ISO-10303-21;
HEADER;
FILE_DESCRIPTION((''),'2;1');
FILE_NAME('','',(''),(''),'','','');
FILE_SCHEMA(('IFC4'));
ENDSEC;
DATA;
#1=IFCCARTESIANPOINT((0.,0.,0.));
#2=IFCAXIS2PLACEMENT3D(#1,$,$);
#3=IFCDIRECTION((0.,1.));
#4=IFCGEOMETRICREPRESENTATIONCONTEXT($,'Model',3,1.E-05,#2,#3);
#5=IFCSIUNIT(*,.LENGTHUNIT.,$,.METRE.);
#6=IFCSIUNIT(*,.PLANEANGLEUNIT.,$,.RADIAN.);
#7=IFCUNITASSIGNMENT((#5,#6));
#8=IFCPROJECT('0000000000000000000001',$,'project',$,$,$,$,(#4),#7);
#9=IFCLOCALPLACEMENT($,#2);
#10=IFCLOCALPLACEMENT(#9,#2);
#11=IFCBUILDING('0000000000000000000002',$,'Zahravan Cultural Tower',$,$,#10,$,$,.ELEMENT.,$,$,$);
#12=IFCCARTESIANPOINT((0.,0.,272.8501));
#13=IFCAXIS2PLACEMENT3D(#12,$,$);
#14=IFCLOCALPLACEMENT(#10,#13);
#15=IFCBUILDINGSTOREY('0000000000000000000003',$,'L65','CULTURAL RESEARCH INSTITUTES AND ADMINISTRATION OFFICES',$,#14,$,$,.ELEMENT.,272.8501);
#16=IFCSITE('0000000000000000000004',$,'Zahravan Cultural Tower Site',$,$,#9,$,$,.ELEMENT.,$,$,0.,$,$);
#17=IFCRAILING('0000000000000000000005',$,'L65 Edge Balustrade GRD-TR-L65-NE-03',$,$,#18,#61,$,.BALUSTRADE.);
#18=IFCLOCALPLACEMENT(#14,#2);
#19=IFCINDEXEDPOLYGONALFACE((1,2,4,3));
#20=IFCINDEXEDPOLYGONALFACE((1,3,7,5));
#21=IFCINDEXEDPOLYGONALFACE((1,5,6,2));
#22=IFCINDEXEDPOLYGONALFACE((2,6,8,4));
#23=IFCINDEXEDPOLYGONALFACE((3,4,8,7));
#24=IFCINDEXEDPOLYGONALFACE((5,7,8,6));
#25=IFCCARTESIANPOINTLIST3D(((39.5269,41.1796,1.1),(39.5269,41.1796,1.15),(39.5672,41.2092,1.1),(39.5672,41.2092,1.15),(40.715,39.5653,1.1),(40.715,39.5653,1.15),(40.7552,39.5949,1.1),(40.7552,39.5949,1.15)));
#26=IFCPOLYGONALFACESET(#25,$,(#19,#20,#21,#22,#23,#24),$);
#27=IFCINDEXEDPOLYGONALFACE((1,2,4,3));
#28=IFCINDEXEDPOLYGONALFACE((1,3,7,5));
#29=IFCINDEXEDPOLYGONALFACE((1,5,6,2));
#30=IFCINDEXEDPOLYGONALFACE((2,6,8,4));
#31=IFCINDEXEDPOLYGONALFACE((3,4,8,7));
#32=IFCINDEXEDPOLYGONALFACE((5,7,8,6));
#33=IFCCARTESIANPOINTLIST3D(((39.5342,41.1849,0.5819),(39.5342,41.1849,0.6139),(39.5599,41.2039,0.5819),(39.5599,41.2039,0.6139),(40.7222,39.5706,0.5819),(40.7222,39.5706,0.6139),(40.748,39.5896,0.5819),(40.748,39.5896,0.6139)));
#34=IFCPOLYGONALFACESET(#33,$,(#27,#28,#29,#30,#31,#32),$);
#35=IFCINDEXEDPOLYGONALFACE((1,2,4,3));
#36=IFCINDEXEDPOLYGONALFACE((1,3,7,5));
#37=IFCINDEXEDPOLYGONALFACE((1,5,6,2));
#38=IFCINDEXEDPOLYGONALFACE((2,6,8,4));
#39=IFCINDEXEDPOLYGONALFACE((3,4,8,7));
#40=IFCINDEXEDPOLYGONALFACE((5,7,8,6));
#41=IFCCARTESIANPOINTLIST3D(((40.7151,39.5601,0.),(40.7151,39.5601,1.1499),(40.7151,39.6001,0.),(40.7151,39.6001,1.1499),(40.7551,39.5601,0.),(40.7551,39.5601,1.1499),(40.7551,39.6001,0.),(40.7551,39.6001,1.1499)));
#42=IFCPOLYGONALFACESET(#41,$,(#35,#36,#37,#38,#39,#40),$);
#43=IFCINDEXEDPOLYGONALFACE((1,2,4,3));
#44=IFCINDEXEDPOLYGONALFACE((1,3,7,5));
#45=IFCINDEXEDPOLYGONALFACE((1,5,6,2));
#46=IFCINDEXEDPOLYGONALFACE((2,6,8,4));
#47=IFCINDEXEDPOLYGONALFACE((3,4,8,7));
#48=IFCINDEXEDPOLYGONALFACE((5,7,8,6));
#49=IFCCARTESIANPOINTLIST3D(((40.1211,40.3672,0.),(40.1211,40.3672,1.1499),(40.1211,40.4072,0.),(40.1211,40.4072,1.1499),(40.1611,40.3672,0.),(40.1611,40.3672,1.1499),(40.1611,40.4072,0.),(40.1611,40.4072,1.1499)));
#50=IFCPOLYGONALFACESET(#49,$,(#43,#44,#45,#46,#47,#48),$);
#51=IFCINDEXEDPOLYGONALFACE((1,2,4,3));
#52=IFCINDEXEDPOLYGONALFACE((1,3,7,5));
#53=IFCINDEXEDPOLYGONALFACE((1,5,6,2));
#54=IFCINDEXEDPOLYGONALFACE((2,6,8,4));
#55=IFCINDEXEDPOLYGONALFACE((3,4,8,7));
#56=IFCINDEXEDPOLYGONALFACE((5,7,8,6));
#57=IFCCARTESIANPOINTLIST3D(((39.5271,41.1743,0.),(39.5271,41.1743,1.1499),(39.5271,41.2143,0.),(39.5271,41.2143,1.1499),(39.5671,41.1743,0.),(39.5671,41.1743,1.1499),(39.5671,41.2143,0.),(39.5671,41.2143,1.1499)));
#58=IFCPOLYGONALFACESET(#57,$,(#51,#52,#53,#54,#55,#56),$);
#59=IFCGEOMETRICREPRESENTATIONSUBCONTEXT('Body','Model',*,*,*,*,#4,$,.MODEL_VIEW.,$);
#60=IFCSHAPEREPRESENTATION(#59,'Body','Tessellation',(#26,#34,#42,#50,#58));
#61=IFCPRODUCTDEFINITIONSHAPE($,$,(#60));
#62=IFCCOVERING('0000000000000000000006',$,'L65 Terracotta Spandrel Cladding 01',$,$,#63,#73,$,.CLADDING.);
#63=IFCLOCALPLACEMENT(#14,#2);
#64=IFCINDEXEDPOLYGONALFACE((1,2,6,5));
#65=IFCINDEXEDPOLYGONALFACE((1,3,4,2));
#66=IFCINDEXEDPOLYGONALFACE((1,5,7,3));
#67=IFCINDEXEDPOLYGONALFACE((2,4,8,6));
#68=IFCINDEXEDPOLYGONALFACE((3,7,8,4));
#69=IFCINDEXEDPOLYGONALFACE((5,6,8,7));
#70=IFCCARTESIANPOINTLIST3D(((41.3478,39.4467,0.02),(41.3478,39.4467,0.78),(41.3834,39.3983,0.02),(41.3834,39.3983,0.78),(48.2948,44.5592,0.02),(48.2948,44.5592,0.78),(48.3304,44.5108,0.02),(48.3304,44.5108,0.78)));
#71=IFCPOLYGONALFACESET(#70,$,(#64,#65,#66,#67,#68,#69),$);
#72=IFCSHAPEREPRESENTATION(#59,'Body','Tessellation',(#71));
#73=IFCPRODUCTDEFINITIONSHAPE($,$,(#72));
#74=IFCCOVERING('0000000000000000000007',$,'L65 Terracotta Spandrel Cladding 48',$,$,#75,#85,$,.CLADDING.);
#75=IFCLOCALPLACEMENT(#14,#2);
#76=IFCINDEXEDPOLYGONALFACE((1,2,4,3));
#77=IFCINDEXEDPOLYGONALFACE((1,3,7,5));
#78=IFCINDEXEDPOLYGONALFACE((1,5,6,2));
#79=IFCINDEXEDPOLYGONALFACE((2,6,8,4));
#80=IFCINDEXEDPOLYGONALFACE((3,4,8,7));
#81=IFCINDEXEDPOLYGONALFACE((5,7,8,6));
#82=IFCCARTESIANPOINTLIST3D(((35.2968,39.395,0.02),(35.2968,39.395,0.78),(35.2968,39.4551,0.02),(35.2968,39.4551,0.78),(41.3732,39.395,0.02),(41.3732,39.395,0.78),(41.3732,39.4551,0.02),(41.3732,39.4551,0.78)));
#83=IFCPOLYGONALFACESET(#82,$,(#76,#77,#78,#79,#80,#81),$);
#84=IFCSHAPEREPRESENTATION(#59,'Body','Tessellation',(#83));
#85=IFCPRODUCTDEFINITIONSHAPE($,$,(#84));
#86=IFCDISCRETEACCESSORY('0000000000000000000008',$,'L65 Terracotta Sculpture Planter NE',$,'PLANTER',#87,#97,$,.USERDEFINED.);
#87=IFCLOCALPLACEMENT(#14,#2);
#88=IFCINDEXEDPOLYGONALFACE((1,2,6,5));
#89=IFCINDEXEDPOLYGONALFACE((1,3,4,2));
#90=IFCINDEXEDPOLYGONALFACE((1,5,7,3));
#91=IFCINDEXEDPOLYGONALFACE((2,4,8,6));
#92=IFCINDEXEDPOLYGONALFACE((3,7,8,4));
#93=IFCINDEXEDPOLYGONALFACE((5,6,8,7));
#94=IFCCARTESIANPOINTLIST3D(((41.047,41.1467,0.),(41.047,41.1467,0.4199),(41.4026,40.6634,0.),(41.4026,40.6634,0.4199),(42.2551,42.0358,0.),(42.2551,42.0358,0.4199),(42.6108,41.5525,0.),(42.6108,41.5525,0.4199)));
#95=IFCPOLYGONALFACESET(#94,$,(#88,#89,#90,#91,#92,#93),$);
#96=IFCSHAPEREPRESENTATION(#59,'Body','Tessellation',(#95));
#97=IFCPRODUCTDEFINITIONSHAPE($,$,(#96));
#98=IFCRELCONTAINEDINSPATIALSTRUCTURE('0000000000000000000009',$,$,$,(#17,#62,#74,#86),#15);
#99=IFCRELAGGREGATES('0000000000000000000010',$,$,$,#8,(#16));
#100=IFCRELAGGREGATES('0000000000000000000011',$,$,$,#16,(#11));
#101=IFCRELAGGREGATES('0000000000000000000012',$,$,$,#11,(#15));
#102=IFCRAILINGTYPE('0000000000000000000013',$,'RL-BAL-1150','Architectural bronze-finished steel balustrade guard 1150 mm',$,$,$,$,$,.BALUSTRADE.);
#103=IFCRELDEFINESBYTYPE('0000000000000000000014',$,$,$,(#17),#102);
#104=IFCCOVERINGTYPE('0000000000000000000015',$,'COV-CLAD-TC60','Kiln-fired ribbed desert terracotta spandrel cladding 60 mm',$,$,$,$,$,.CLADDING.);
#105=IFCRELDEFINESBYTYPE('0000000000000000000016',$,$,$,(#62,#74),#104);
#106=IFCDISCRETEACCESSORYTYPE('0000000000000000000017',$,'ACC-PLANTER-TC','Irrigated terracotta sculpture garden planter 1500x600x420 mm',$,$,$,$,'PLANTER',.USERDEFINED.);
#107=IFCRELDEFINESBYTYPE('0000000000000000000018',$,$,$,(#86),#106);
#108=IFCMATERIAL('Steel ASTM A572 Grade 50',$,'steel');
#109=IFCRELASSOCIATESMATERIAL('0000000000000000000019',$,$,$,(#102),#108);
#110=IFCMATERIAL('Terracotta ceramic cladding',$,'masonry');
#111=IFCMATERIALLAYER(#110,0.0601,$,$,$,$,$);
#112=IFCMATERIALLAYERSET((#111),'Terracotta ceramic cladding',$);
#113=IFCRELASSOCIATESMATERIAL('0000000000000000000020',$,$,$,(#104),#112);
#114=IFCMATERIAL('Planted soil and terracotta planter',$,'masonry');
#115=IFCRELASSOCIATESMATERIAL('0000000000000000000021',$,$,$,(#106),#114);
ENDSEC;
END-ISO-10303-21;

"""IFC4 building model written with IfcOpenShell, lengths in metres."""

from ifc_helpers import new_model, si_unit, direction, frame, origin, origin_2d, place, context, subcontext, project, spatial, rectangle, extrude, source, transform, mapped, material, layer, layer_set, type_object, element, save


model = new_model("IFC4")

# Units and contexts
model_context = context("Model", 3, precision=1e-05, world=origin(), true_north=direction((0.0, 1.0)))
body_context = subcontext(model_context, "Body", "Model", "MODEL_VIEW")
ifc_project = project(units=[si_unit("LENGTHUNIT", "METRE"), si_unit("PLANEANGLEUNIT", "RADIAN")], contexts=[model_context])

# Site, building, storey
site_placement = place(None, origin())
site = spatial("IfcSite", under=ifc_project, at=site_placement, Name="Zahravan Cultural Tower Site", CompositionType="ELEMENT", RefElevation=0.0)
building_placement = place(site_placement, origin())
building = spatial("IfcBuilding", under=site, at=building_placement, Name="Zahravan Cultural Tower", CompositionType="ELEMENT")
storey_placement = place(building_placement, frame((0.0, 0.0, 272.8501)))
storey = spatial("IfcBuildingStorey", under=building, at=storey_placement, Name="L65", Description="CULTURAL RESEARCH INSTITUTES AND ADMINISTRATION OFFICES", CompositionType="ELEMENT", Elevation=272.8501)

# Shared definitions
ifc_material_1 = material(Name="Steel ASTM A572 Grade 50", Category="steel")

# Railing
railing_type = type_object("IfcRailingType", Name="RL-BAL-1150", Description="Architectural bronze-finished steel balustrade guard 1150 mm", PredefinedType="BALUSTRADE", material=ifc_material_1)
railing_1_placement = place(storey_placement, frame((40.7351, 39.5801, 0.0)))
element("IfcRailing", 1, at=railing_1_placement, inside=storey, type_object=railing_type, Name="L65 Edge Balustrade GRD-TR-L65-NE-03", PredefinedType="BALUSTRADE", context=body_context, shape_type="SweptSolid", body=[
    extrude(rectangle(XDim=0.05, YDim=0.05, at=origin_2d()), frame((0.0, 0.0, 1.125), z_axis=(-0.592725, 0.805405, 0.0), x_axis=(-0.805405, -0.592725, 0.0)), (0.0, 0.0, 1.0), 2.0044),
    extrude(rectangle(XDim=0.032, YDim=0.032, at=origin_2d()), frame((0.0, 0.0, 0.5979), z_axis=(-0.592725, 0.805405, 0.0), x_axis=(-0.805405, -0.592725, 0.0)), (0.0, 0.0, 1.0), 2.0044),
    extrude(rectangle(XDim=0.04, YDim=0.04, at=origin_2d()), origin(), (0.0, 0.0, 1.0), 1.1499),
    extrude(rectangle(XDim=0.04, YDim=0.04, at=origin_2d()), frame((-0.594, 0.8071, 0.0)), (0.0, 0.0, 1.0), 1.1499),
    extrude(rectangle(XDim=0.04, YDim=0.04, at=origin_2d()), frame((-1.188, 1.6143, 0.0)), (0.0, 0.0, 1.0), 1.1499),
])

# Coverings
ifc_material_2 = material(Name="Terracotta ceramic cladding", Category="masonry")
ifc_layer_1 = layer(ifc_material_2, 0.0601)
ifc_layer_set_1 = layer_set([ifc_layer_1], Name="Terracotta ceramic cladding")
covering_type = type_object("IfcCoveringType", Name="COV-CLAD-TC60", Description="Kiln-fired ribbed desert terracotta spandrel cladding 60 mm", PredefinedType="CLADDING", material=ifc_layer_set_1)
shared_shape_1 = source(origin(), body_context, "Body", "SweptSolid", [
    extrude(rectangle(XDim=8.6255, YDim=0.0601, at=origin_2d()), origin(), (0.0, 0.0, 1.0), 0.76),
])
covering_1_placement = place(storey_placement, frame((44.8391, 41.9788, 0.02), z_axis=(0.0, 0.0, 1.0), x_axis=(0.805411, 0.592716, 0.0)))
element("IfcCovering", 2, at=covering_1_placement, inside=storey, type_object=covering_type, Name="L65 Terracotta Spandrel Cladding 01", PredefinedType="CLADDING", context=body_context, shape_type="MappedRepresentation", body=[
    mapped(shared_shape_1, transform((0.0, 0.0, 0.0), x_axis=(1.0, 0.0, 0.0), y_axis=(0.0, 1.0, 0.0), z_axis=(0.0, 0.0, 1.0), scale=1.0)),
])
shared_shape_2 = source(origin(), body_context, "Body", "SweptSolid", [
    extrude(rectangle(XDim=6.0764, YDim=0.0601, at=origin_2d()), origin(), (0.0, 0.0, 1.0), 0.76),
])
covering_2_placement = place(storey_placement, frame((38.335, 39.425, 0.02), z_axis=(0.0, 0.0, 1.0), x_axis=(1.0, 0.0, 0.0)))
element("IfcCovering", 3, at=covering_2_placement, inside=storey, type_object=covering_type, Name="L65 Terracotta Spandrel Cladding 48", PredefinedType="CLADDING", context=body_context, shape_type="MappedRepresentation", body=[
    mapped(shared_shape_2, transform((0.0, 0.0, 0.0), x_axis=(1.0, 0.0, 0.0), y_axis=(0.0, 1.0, 0.0), z_axis=(0.0, 0.0, 1.0), scale=1.0)),
])

# Discrete accessory
ifc_material_3 = material(Name="Planted soil and terracotta planter", Category="masonry")
discrete_accessory_type = type_object("IfcDiscreteAccessoryType", Name="ACC-PLANTER-TC", Description="Irrigated terracotta sculpture garden planter 1500x600x420 mm", ElementType="PLANTER", PredefinedType="USERDEFINED", material=ifc_material_3)
shared_shape_3 = source(origin(), body_context, "Body", "SweptSolid", [
    extrude(rectangle(XDim=1.5, YDim=0.6001, at=origin_2d()), origin(), (0.0, 0.0, 1.0), 0.4199),
])
discrete_accessory_placement = place(storey_placement, frame((41.8289, 41.3496, 0.0), z_axis=(0.0, 0.0, 1.0), x_axis=(0.805411, 0.592716, 0.0)))
element("IfcDiscreteAccessory", 4, at=discrete_accessory_placement, inside=storey, type_object=discrete_accessory_type, Name="L65 Terracotta Sculpture Planter NE", ObjectType="PLANTER", PredefinedType="USERDEFINED", context=body_context, shape_type="MappedRepresentation", body=[
    mapped(shared_shape_3, transform((0.0, 0.0, 0.0), x_axis=(1.0, 0.0, 0.0), y_axis=(0.0, 1.0, 0.0), z_axis=(0.0, 0.0, 1.0), scale=1.0)),
])

save(model, "model.ifc")
